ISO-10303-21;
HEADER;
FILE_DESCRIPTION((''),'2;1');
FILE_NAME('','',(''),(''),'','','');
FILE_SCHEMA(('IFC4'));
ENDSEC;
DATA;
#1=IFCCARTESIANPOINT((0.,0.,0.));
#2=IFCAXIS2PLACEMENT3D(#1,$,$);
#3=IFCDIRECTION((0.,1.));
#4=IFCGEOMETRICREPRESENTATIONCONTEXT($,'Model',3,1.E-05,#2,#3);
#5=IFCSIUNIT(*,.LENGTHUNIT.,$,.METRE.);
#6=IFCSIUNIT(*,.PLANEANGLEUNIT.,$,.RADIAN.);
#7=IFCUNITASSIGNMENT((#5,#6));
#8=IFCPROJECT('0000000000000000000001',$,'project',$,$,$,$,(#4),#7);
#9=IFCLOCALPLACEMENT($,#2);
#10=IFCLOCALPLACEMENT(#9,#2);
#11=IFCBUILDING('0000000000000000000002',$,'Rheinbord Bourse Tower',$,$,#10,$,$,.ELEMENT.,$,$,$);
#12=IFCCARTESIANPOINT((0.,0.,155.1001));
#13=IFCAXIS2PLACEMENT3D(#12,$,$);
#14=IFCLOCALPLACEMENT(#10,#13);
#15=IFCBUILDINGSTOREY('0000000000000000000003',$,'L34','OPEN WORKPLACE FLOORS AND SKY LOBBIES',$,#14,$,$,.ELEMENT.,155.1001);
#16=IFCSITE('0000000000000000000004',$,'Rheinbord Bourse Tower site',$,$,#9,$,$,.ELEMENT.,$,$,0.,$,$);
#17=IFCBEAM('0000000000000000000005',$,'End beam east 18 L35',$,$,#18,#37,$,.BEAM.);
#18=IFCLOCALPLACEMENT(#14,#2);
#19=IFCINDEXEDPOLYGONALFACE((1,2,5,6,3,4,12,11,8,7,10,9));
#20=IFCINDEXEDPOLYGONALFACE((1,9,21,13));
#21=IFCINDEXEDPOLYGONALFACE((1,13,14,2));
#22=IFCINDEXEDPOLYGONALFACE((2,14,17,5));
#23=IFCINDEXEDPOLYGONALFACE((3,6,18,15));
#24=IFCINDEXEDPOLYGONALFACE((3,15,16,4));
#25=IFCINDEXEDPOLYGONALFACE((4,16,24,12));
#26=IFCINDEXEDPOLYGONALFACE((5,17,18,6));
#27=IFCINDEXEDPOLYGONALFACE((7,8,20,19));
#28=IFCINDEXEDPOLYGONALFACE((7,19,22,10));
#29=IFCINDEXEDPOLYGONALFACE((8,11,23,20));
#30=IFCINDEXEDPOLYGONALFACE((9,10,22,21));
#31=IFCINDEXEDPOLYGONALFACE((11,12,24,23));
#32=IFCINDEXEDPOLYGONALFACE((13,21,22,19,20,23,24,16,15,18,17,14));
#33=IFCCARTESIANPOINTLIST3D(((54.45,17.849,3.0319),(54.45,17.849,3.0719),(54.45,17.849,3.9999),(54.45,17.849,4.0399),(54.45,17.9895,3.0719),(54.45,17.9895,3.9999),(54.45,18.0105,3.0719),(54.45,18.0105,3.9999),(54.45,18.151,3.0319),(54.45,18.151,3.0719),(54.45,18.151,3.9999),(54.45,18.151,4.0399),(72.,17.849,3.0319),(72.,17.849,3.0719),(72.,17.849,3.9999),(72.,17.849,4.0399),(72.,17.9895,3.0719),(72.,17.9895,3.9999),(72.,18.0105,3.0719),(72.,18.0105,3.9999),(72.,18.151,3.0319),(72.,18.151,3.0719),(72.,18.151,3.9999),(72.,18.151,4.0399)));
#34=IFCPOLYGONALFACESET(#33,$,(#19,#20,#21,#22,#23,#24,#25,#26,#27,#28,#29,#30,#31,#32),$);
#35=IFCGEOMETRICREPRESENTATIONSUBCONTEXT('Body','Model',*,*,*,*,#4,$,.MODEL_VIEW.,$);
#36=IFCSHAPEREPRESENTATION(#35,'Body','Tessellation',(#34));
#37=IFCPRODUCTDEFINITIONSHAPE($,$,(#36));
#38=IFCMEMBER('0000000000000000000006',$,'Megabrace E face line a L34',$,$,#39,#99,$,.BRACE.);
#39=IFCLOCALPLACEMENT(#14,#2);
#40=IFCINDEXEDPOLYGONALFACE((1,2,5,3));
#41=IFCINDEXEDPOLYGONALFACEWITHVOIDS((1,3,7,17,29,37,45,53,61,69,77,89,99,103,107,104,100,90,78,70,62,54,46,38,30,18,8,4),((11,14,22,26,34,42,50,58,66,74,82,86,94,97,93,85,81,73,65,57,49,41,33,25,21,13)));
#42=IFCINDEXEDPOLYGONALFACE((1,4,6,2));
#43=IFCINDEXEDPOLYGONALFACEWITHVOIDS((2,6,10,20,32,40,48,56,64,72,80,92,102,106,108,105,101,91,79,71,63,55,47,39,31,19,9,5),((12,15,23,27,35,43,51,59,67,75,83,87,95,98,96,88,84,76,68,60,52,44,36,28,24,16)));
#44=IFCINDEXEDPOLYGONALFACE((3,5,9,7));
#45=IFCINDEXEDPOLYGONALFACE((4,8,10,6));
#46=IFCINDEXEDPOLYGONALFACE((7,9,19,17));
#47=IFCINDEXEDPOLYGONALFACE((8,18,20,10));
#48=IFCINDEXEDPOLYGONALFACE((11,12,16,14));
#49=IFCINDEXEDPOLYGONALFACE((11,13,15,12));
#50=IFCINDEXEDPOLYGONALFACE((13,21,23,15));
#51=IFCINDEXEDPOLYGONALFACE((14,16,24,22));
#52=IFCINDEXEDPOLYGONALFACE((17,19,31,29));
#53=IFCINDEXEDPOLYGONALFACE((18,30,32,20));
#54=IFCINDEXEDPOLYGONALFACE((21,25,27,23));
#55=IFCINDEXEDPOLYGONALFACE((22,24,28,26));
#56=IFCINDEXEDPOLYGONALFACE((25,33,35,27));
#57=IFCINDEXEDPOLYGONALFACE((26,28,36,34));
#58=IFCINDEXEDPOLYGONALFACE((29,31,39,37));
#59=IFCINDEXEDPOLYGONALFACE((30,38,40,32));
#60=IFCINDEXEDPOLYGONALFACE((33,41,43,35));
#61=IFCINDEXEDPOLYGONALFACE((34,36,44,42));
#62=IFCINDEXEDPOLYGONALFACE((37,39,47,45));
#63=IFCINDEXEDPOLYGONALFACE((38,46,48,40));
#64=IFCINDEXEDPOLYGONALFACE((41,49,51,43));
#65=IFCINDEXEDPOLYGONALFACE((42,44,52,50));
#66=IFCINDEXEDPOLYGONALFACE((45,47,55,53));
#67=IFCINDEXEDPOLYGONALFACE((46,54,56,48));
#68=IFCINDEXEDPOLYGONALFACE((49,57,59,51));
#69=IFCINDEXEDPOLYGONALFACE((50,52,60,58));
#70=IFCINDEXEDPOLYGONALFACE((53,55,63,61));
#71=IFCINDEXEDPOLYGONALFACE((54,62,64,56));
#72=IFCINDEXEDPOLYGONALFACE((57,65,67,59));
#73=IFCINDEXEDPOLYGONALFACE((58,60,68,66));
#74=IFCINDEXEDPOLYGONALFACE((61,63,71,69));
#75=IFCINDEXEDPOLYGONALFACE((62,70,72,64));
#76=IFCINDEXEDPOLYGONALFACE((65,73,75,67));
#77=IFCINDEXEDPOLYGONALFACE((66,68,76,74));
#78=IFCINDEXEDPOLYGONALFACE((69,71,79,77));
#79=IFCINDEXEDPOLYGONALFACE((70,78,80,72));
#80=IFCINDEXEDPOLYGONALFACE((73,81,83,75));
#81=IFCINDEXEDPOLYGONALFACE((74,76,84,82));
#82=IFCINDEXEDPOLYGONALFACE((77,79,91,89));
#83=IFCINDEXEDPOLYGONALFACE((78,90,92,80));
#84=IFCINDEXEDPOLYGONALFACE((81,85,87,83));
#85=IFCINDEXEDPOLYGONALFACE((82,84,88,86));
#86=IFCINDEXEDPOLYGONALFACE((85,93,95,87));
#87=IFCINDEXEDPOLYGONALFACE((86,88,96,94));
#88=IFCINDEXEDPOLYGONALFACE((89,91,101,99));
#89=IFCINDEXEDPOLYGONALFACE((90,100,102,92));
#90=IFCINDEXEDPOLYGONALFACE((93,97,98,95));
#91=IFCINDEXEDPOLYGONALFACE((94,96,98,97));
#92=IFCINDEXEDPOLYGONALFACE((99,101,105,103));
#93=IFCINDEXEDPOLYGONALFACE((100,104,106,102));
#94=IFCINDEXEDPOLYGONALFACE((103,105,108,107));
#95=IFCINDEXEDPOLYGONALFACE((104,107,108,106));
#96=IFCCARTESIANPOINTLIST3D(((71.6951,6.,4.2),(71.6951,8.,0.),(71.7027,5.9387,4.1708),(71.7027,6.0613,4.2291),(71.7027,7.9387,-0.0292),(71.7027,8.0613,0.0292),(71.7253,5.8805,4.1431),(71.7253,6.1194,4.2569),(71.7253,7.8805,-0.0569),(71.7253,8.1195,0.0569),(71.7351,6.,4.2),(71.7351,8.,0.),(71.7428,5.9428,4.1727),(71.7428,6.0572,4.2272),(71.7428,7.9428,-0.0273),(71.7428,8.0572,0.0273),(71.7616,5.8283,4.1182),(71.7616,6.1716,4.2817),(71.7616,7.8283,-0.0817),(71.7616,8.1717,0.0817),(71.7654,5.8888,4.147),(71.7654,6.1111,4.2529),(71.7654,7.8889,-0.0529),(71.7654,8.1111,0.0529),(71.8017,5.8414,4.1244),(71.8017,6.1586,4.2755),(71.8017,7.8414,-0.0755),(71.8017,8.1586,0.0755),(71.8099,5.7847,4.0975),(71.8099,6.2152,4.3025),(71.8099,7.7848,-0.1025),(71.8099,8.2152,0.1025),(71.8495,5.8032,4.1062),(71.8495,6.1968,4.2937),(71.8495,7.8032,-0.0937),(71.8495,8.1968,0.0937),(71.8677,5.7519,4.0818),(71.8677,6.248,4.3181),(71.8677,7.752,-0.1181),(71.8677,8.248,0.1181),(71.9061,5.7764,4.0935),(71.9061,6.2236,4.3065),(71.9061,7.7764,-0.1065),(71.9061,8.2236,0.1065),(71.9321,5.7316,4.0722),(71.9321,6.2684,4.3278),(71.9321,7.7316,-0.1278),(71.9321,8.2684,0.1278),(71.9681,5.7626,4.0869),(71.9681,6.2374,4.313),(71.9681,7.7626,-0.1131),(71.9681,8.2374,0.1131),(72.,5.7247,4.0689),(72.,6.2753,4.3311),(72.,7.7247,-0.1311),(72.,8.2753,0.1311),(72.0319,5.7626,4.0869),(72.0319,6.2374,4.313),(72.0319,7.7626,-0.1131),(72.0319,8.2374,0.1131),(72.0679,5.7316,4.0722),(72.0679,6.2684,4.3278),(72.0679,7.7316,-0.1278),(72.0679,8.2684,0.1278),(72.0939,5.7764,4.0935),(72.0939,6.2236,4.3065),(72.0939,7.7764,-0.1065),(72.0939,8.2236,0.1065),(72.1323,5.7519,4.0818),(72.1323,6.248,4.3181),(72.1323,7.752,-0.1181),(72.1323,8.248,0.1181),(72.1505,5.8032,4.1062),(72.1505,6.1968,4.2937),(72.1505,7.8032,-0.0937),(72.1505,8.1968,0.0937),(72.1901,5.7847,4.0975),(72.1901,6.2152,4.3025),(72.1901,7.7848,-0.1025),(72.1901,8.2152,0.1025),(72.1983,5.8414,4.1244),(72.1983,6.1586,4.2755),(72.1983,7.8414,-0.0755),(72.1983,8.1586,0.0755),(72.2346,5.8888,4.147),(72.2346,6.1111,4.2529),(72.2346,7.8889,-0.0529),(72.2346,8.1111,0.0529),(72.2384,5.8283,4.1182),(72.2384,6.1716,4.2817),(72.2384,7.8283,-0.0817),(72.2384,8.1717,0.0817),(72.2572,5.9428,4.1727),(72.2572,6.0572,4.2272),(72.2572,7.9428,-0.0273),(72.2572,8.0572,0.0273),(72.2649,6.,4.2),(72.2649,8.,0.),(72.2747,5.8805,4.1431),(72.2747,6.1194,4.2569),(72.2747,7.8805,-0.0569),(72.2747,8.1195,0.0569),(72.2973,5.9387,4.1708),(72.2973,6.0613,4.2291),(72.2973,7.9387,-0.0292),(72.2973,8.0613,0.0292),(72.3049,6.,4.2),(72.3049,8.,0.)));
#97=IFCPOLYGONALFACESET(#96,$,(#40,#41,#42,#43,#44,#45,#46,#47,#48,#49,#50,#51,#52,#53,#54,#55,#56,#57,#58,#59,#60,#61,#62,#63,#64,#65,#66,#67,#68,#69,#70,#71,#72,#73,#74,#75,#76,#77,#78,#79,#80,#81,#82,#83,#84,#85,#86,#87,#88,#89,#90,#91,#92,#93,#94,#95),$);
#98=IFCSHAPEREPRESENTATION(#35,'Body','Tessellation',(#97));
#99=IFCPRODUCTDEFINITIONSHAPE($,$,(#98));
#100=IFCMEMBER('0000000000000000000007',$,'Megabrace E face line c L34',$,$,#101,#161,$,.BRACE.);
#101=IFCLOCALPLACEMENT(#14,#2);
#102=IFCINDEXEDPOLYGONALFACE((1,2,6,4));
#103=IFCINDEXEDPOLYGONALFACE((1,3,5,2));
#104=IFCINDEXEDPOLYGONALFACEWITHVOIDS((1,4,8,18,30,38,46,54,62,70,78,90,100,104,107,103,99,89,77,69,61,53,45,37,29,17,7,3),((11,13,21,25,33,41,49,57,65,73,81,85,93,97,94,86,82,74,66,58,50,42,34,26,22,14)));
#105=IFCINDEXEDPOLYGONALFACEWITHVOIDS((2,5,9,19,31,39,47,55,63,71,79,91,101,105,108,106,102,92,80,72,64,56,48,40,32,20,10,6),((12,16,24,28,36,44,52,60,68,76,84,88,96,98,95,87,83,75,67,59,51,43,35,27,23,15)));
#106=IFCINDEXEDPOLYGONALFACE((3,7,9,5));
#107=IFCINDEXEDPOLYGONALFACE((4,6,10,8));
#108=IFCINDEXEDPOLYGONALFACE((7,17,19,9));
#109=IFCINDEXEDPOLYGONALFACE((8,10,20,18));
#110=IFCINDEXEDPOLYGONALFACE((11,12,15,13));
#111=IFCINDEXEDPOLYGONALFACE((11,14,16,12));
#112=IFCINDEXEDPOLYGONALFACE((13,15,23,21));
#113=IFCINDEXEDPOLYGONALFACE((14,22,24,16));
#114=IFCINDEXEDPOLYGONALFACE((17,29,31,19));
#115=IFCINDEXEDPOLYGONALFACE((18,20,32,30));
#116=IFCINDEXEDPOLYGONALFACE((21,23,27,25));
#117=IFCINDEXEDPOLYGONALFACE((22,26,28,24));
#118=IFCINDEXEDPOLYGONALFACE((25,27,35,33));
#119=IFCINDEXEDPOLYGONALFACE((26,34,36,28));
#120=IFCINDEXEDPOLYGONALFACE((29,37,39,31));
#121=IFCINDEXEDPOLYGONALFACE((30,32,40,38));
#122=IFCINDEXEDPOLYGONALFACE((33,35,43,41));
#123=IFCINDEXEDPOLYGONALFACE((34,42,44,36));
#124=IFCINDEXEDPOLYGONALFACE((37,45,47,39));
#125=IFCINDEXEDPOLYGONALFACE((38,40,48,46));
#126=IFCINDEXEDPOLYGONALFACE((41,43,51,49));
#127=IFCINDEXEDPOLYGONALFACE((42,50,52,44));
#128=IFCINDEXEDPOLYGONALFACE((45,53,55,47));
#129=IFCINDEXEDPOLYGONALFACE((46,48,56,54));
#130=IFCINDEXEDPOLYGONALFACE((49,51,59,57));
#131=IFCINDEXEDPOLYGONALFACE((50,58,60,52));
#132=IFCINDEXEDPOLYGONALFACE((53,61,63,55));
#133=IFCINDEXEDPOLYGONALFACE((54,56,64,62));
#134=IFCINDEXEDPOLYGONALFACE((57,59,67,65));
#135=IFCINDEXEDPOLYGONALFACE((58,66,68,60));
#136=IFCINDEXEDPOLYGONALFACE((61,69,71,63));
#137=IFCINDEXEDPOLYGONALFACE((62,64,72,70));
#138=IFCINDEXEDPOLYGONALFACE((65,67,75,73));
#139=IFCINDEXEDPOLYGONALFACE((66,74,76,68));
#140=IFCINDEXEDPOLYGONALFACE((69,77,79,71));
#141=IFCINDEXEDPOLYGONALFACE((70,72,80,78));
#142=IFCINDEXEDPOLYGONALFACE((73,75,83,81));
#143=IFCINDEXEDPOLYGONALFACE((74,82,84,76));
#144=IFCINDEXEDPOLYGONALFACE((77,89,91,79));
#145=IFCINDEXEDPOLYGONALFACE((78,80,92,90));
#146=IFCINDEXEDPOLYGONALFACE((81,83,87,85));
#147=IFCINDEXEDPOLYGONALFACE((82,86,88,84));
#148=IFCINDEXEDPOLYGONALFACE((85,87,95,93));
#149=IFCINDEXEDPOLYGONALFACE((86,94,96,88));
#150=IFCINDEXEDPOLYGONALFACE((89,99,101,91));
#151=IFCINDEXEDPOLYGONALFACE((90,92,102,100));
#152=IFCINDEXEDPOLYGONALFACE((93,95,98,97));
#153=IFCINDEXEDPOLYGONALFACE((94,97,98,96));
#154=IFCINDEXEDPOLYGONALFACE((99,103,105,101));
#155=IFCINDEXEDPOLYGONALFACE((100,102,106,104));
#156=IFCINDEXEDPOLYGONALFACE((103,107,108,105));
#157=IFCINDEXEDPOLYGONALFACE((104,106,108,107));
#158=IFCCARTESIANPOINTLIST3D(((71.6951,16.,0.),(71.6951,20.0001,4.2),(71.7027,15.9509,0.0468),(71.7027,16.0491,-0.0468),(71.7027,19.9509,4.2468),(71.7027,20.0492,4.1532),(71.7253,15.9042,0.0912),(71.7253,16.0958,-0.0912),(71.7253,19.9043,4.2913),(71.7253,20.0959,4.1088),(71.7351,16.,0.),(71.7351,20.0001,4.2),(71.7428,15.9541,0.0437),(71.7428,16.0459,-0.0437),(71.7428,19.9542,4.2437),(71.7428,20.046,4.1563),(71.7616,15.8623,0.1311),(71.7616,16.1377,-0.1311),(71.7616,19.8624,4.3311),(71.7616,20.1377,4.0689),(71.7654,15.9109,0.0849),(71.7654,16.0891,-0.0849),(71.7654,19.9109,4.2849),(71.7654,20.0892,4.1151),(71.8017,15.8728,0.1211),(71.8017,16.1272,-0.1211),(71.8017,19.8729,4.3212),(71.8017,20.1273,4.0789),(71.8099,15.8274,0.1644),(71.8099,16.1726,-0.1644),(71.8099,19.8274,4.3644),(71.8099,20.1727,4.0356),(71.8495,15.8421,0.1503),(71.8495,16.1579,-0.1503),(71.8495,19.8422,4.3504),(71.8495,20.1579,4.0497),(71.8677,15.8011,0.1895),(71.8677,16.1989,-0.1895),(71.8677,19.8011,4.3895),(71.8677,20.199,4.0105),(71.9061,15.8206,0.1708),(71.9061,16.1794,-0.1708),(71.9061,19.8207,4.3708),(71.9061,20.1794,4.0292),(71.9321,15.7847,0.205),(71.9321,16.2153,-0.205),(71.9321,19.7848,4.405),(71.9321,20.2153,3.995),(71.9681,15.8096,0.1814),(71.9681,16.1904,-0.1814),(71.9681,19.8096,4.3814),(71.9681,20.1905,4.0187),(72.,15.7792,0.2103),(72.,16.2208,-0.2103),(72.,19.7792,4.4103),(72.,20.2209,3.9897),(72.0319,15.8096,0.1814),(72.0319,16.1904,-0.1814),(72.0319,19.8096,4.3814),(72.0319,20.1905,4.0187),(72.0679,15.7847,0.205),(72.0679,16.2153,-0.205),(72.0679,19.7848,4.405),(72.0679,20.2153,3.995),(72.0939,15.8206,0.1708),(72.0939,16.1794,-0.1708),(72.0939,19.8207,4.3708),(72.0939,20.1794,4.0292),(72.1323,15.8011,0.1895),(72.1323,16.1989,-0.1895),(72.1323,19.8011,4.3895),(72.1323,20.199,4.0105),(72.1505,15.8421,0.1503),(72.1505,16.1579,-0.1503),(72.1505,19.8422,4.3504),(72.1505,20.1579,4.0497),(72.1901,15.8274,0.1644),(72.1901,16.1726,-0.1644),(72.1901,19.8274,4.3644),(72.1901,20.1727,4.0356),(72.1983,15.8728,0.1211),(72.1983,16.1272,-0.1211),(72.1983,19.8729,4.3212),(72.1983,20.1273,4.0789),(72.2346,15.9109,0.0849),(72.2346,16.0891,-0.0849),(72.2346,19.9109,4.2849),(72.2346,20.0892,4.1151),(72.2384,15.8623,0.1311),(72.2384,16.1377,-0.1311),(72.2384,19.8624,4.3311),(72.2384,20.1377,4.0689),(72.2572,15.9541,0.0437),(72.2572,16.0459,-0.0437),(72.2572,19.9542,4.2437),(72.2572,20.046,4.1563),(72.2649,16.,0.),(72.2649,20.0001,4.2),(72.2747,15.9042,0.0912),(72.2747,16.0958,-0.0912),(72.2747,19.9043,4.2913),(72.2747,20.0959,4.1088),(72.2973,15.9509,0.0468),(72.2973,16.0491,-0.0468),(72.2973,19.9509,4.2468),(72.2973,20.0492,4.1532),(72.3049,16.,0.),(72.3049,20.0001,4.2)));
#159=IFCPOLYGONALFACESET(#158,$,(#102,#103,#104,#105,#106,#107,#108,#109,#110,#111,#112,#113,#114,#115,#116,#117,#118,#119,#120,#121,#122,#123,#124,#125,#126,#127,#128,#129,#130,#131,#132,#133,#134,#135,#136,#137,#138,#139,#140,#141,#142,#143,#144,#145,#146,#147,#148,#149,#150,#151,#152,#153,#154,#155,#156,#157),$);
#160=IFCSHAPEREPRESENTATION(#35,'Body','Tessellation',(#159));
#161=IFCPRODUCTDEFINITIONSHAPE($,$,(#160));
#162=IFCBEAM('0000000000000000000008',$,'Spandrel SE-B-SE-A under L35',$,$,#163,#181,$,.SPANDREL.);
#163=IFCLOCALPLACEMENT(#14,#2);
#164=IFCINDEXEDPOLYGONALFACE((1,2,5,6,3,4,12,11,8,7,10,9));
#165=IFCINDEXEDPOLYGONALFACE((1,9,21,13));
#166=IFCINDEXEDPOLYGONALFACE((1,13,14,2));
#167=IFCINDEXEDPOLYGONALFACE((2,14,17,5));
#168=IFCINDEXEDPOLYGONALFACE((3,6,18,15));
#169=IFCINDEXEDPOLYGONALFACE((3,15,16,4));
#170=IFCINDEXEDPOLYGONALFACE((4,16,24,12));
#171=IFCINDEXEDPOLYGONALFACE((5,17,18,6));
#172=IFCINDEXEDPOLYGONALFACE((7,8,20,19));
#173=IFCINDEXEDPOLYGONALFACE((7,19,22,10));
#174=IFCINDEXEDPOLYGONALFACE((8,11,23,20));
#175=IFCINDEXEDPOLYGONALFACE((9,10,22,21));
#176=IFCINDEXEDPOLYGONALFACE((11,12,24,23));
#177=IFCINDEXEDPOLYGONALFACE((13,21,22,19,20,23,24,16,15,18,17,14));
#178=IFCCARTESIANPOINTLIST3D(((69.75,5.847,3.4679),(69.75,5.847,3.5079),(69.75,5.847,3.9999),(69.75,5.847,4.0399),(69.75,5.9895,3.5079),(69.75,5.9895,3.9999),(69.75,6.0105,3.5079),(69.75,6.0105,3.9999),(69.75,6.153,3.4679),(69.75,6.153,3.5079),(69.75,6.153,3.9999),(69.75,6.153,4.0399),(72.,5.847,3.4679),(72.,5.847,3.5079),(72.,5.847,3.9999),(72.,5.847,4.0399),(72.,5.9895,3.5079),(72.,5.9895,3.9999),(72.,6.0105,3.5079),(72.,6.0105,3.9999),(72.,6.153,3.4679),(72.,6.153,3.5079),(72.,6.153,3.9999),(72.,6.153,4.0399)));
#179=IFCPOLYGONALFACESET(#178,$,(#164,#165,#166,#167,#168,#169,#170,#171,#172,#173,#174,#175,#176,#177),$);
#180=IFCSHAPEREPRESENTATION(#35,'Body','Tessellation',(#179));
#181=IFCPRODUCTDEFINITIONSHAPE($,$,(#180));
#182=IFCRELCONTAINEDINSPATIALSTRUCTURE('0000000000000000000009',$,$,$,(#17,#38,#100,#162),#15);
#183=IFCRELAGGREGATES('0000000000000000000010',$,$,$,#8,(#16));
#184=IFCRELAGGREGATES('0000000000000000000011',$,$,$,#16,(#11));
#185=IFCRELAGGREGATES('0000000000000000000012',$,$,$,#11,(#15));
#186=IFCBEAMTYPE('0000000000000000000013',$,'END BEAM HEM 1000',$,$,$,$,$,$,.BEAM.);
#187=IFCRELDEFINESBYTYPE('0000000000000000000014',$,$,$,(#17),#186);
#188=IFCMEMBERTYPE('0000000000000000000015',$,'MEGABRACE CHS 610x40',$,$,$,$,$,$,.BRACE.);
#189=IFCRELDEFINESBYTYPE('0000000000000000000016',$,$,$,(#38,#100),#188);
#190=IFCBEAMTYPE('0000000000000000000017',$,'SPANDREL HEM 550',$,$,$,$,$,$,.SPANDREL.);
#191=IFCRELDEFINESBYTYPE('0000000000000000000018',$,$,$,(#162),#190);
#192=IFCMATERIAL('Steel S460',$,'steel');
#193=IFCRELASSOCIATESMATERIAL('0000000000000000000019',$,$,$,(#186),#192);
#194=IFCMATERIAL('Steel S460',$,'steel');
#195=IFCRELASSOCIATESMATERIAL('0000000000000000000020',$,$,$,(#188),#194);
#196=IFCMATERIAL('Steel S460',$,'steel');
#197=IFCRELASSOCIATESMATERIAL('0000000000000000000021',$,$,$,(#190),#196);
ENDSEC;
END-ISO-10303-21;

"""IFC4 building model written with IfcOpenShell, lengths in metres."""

from ifc_helpers import new_model, si_unit, direction, frame, origin, origin_2d, place, context, subcontext, project, spatial, hollow_circle, i_section, extrude, material, material_profile, profile_set, type_object, element, save


model = new_model("IFC4")

# Units and contexts
model_context = context("Model", 3, precision=1e-05, world=origin(), true_north=direction((0.0, 1.0)))
body_context = subcontext(model_context, "Body", "Model", "MODEL_VIEW")
ifc_project = project(units=[si_unit("LENGTHUNIT", "METRE"), si_unit("PLANEANGLEUNIT", "RADIAN")], contexts=[model_context])

# Site, building, storey
site_placement = place(None, origin())
site = spatial("IfcSite", under=ifc_project, at=site_placement, Name="Rheinbord Bourse Tower site", CompositionType="ELEMENT", RefElevation=0.0)
building_placement = place(site_placement, origin())
building = spatial("IfcBuilding", under=site, at=building_placement, Name="Rheinbord Bourse Tower", CompositionType="ELEMENT")
storey_placement = place(building_placement, frame((0.0, 0.0, 155.1001)))
storey = spatial("IfcBuildingStorey", under=building, at=storey_placement, Name="L34", Description="OPEN WORKPLACE FLOORS AND SKY LOBBIES", CompositionType="ELEMENT", Elevation=155.1001)

# Beam
ifc_material_1 = material(Name="Steel S460", Category="steel")
ifc_material_profile_1 = material_profile(ifc_material_1, i_section(OverallWidth=0.302, OverallDepth=1.0081, WebThickness=0.021, FlangeThickness=0.04, at=origin_2d()), Name="HEM 1000")
ifc_profile_set_1 = profile_set([ifc_material_profile_1], Name="Steel S460")
beam_type_1 = type_object("IfcBeamType", Name="END BEAM HEM 1000", PredefinedType="BEAM", material=ifc_profile_set_1)
beam_1_placement = place(storey_placement, frame((54.45, 18.0, 3.5359), z_axis=(1.0, 0.0, 0.0), x_axis=(0.0, 1.0, 0.0)))
element("IfcBeam", 1, at=beam_1_placement, inside=storey, type_object=beam_type_1, Name="End beam east 18 L35", PredefinedType="BEAM", context=body_context, shape_type="SweptSolid", body=[
    extrude(i_section(OverallWidth=0.302, OverallDepth=1.0081, WebThickness=0.021, FlangeThickness=0.04, at=origin_2d()), origin(), (0.0, 0.0, 1.0), 17.55),
])

# Members
ifc_material_2 = material(Name="Steel S460", Category="steel")
ifc_material_profile_2 = material_profile(ifc_material_2, hollow_circle(Radius=0.3049, WallThickness=0.04, at=origin_2d()), Name="CHS 610x40")
ifc_profile_set_2 = profile_set([ifc_material_profile_2], Name="Steel S460")
member_type_1 = type_object("IfcMemberType", Name="MEGABRACE CHS 610x40", PredefinedType="BRACE", material=ifc_profile_set_2)
member_1_placement = place(storey_placement, frame((72.0, 8.0, 0.0), z_axis=(0.0, -0.429938, 0.902859), x_axis=(1.0, 0.0, 0.0)))
element("IfcMember", 2, at=member_1_placement, inside=storey, type_object=member_type_1, Name="Megabrace E face line a L34", PredefinedType="BRACE", context=body_context, shape_type="SweptSolid", body=[
    extrude(hollow_circle(Radius=0.3049, WallThickness=0.04, at=origin_2d()), origin(), (0.0, 0.0, 1.0), 4.6519),
])
member_2_placement = place(storey_placement, frame((72.0, 16.0, 0.0), z_axis=(0.0, 0.689659, 0.724134), x_axis=(-1.0, 0.0, 0.0)))
element("IfcMember", 3, at=member_2_placement, inside=storey, type_object=member_type_1, Name="Megabrace E face line c L34", PredefinedType="BRACE", context=body_context, shape_type="SweptSolid", body=[
    extrude(hollow_circle(Radius=0.3049, WallThickness=0.04, at=origin_2d()), origin(), (0.0, 0.0, 1.0), 5.8),
])

# Beam
ifc_material_3 = material(Name="Steel S460", Category="steel")
ifc_material_profile_3 = material_profile(ifc_material_3, i_section(OverallWidth=0.3059, OverallDepth=0.572, WebThickness=0.021, FlangeThickness=0.04, at=origin_2d()), Name="HEM 550")
ifc_profile_set_3 = profile_set([ifc_material_profile_3], Name="Steel S460")
beam_type_2 = type_object("IfcBeamType", Name="SPANDREL HEM 550", PredefinedType="SPANDREL", material=ifc_profile_set_3)
beam_2_placement = place(storey_placement, frame((69.75, 6.0, 3.7539), z_axis=(1.0, 0.0, 0.0), x_axis=(0.0, 1.0, 0.0)))
element("IfcBeam", 4, at=beam_2_placement, inside=storey, type_object=beam_type_2, Name="Spandrel SE-B-SE-A under L35", PredefinedType="SPANDREL", context=body_context, shape_type="SweptSolid", body=[
    extrude(i_section(OverallWidth=0.3059, OverallDepth=0.572, WebThickness=0.021, FlangeThickness=0.04, at=origin_2d()), origin(), (0.0, 0.0, 1.0), 2.25),
])

save(model, "model.ifc")
